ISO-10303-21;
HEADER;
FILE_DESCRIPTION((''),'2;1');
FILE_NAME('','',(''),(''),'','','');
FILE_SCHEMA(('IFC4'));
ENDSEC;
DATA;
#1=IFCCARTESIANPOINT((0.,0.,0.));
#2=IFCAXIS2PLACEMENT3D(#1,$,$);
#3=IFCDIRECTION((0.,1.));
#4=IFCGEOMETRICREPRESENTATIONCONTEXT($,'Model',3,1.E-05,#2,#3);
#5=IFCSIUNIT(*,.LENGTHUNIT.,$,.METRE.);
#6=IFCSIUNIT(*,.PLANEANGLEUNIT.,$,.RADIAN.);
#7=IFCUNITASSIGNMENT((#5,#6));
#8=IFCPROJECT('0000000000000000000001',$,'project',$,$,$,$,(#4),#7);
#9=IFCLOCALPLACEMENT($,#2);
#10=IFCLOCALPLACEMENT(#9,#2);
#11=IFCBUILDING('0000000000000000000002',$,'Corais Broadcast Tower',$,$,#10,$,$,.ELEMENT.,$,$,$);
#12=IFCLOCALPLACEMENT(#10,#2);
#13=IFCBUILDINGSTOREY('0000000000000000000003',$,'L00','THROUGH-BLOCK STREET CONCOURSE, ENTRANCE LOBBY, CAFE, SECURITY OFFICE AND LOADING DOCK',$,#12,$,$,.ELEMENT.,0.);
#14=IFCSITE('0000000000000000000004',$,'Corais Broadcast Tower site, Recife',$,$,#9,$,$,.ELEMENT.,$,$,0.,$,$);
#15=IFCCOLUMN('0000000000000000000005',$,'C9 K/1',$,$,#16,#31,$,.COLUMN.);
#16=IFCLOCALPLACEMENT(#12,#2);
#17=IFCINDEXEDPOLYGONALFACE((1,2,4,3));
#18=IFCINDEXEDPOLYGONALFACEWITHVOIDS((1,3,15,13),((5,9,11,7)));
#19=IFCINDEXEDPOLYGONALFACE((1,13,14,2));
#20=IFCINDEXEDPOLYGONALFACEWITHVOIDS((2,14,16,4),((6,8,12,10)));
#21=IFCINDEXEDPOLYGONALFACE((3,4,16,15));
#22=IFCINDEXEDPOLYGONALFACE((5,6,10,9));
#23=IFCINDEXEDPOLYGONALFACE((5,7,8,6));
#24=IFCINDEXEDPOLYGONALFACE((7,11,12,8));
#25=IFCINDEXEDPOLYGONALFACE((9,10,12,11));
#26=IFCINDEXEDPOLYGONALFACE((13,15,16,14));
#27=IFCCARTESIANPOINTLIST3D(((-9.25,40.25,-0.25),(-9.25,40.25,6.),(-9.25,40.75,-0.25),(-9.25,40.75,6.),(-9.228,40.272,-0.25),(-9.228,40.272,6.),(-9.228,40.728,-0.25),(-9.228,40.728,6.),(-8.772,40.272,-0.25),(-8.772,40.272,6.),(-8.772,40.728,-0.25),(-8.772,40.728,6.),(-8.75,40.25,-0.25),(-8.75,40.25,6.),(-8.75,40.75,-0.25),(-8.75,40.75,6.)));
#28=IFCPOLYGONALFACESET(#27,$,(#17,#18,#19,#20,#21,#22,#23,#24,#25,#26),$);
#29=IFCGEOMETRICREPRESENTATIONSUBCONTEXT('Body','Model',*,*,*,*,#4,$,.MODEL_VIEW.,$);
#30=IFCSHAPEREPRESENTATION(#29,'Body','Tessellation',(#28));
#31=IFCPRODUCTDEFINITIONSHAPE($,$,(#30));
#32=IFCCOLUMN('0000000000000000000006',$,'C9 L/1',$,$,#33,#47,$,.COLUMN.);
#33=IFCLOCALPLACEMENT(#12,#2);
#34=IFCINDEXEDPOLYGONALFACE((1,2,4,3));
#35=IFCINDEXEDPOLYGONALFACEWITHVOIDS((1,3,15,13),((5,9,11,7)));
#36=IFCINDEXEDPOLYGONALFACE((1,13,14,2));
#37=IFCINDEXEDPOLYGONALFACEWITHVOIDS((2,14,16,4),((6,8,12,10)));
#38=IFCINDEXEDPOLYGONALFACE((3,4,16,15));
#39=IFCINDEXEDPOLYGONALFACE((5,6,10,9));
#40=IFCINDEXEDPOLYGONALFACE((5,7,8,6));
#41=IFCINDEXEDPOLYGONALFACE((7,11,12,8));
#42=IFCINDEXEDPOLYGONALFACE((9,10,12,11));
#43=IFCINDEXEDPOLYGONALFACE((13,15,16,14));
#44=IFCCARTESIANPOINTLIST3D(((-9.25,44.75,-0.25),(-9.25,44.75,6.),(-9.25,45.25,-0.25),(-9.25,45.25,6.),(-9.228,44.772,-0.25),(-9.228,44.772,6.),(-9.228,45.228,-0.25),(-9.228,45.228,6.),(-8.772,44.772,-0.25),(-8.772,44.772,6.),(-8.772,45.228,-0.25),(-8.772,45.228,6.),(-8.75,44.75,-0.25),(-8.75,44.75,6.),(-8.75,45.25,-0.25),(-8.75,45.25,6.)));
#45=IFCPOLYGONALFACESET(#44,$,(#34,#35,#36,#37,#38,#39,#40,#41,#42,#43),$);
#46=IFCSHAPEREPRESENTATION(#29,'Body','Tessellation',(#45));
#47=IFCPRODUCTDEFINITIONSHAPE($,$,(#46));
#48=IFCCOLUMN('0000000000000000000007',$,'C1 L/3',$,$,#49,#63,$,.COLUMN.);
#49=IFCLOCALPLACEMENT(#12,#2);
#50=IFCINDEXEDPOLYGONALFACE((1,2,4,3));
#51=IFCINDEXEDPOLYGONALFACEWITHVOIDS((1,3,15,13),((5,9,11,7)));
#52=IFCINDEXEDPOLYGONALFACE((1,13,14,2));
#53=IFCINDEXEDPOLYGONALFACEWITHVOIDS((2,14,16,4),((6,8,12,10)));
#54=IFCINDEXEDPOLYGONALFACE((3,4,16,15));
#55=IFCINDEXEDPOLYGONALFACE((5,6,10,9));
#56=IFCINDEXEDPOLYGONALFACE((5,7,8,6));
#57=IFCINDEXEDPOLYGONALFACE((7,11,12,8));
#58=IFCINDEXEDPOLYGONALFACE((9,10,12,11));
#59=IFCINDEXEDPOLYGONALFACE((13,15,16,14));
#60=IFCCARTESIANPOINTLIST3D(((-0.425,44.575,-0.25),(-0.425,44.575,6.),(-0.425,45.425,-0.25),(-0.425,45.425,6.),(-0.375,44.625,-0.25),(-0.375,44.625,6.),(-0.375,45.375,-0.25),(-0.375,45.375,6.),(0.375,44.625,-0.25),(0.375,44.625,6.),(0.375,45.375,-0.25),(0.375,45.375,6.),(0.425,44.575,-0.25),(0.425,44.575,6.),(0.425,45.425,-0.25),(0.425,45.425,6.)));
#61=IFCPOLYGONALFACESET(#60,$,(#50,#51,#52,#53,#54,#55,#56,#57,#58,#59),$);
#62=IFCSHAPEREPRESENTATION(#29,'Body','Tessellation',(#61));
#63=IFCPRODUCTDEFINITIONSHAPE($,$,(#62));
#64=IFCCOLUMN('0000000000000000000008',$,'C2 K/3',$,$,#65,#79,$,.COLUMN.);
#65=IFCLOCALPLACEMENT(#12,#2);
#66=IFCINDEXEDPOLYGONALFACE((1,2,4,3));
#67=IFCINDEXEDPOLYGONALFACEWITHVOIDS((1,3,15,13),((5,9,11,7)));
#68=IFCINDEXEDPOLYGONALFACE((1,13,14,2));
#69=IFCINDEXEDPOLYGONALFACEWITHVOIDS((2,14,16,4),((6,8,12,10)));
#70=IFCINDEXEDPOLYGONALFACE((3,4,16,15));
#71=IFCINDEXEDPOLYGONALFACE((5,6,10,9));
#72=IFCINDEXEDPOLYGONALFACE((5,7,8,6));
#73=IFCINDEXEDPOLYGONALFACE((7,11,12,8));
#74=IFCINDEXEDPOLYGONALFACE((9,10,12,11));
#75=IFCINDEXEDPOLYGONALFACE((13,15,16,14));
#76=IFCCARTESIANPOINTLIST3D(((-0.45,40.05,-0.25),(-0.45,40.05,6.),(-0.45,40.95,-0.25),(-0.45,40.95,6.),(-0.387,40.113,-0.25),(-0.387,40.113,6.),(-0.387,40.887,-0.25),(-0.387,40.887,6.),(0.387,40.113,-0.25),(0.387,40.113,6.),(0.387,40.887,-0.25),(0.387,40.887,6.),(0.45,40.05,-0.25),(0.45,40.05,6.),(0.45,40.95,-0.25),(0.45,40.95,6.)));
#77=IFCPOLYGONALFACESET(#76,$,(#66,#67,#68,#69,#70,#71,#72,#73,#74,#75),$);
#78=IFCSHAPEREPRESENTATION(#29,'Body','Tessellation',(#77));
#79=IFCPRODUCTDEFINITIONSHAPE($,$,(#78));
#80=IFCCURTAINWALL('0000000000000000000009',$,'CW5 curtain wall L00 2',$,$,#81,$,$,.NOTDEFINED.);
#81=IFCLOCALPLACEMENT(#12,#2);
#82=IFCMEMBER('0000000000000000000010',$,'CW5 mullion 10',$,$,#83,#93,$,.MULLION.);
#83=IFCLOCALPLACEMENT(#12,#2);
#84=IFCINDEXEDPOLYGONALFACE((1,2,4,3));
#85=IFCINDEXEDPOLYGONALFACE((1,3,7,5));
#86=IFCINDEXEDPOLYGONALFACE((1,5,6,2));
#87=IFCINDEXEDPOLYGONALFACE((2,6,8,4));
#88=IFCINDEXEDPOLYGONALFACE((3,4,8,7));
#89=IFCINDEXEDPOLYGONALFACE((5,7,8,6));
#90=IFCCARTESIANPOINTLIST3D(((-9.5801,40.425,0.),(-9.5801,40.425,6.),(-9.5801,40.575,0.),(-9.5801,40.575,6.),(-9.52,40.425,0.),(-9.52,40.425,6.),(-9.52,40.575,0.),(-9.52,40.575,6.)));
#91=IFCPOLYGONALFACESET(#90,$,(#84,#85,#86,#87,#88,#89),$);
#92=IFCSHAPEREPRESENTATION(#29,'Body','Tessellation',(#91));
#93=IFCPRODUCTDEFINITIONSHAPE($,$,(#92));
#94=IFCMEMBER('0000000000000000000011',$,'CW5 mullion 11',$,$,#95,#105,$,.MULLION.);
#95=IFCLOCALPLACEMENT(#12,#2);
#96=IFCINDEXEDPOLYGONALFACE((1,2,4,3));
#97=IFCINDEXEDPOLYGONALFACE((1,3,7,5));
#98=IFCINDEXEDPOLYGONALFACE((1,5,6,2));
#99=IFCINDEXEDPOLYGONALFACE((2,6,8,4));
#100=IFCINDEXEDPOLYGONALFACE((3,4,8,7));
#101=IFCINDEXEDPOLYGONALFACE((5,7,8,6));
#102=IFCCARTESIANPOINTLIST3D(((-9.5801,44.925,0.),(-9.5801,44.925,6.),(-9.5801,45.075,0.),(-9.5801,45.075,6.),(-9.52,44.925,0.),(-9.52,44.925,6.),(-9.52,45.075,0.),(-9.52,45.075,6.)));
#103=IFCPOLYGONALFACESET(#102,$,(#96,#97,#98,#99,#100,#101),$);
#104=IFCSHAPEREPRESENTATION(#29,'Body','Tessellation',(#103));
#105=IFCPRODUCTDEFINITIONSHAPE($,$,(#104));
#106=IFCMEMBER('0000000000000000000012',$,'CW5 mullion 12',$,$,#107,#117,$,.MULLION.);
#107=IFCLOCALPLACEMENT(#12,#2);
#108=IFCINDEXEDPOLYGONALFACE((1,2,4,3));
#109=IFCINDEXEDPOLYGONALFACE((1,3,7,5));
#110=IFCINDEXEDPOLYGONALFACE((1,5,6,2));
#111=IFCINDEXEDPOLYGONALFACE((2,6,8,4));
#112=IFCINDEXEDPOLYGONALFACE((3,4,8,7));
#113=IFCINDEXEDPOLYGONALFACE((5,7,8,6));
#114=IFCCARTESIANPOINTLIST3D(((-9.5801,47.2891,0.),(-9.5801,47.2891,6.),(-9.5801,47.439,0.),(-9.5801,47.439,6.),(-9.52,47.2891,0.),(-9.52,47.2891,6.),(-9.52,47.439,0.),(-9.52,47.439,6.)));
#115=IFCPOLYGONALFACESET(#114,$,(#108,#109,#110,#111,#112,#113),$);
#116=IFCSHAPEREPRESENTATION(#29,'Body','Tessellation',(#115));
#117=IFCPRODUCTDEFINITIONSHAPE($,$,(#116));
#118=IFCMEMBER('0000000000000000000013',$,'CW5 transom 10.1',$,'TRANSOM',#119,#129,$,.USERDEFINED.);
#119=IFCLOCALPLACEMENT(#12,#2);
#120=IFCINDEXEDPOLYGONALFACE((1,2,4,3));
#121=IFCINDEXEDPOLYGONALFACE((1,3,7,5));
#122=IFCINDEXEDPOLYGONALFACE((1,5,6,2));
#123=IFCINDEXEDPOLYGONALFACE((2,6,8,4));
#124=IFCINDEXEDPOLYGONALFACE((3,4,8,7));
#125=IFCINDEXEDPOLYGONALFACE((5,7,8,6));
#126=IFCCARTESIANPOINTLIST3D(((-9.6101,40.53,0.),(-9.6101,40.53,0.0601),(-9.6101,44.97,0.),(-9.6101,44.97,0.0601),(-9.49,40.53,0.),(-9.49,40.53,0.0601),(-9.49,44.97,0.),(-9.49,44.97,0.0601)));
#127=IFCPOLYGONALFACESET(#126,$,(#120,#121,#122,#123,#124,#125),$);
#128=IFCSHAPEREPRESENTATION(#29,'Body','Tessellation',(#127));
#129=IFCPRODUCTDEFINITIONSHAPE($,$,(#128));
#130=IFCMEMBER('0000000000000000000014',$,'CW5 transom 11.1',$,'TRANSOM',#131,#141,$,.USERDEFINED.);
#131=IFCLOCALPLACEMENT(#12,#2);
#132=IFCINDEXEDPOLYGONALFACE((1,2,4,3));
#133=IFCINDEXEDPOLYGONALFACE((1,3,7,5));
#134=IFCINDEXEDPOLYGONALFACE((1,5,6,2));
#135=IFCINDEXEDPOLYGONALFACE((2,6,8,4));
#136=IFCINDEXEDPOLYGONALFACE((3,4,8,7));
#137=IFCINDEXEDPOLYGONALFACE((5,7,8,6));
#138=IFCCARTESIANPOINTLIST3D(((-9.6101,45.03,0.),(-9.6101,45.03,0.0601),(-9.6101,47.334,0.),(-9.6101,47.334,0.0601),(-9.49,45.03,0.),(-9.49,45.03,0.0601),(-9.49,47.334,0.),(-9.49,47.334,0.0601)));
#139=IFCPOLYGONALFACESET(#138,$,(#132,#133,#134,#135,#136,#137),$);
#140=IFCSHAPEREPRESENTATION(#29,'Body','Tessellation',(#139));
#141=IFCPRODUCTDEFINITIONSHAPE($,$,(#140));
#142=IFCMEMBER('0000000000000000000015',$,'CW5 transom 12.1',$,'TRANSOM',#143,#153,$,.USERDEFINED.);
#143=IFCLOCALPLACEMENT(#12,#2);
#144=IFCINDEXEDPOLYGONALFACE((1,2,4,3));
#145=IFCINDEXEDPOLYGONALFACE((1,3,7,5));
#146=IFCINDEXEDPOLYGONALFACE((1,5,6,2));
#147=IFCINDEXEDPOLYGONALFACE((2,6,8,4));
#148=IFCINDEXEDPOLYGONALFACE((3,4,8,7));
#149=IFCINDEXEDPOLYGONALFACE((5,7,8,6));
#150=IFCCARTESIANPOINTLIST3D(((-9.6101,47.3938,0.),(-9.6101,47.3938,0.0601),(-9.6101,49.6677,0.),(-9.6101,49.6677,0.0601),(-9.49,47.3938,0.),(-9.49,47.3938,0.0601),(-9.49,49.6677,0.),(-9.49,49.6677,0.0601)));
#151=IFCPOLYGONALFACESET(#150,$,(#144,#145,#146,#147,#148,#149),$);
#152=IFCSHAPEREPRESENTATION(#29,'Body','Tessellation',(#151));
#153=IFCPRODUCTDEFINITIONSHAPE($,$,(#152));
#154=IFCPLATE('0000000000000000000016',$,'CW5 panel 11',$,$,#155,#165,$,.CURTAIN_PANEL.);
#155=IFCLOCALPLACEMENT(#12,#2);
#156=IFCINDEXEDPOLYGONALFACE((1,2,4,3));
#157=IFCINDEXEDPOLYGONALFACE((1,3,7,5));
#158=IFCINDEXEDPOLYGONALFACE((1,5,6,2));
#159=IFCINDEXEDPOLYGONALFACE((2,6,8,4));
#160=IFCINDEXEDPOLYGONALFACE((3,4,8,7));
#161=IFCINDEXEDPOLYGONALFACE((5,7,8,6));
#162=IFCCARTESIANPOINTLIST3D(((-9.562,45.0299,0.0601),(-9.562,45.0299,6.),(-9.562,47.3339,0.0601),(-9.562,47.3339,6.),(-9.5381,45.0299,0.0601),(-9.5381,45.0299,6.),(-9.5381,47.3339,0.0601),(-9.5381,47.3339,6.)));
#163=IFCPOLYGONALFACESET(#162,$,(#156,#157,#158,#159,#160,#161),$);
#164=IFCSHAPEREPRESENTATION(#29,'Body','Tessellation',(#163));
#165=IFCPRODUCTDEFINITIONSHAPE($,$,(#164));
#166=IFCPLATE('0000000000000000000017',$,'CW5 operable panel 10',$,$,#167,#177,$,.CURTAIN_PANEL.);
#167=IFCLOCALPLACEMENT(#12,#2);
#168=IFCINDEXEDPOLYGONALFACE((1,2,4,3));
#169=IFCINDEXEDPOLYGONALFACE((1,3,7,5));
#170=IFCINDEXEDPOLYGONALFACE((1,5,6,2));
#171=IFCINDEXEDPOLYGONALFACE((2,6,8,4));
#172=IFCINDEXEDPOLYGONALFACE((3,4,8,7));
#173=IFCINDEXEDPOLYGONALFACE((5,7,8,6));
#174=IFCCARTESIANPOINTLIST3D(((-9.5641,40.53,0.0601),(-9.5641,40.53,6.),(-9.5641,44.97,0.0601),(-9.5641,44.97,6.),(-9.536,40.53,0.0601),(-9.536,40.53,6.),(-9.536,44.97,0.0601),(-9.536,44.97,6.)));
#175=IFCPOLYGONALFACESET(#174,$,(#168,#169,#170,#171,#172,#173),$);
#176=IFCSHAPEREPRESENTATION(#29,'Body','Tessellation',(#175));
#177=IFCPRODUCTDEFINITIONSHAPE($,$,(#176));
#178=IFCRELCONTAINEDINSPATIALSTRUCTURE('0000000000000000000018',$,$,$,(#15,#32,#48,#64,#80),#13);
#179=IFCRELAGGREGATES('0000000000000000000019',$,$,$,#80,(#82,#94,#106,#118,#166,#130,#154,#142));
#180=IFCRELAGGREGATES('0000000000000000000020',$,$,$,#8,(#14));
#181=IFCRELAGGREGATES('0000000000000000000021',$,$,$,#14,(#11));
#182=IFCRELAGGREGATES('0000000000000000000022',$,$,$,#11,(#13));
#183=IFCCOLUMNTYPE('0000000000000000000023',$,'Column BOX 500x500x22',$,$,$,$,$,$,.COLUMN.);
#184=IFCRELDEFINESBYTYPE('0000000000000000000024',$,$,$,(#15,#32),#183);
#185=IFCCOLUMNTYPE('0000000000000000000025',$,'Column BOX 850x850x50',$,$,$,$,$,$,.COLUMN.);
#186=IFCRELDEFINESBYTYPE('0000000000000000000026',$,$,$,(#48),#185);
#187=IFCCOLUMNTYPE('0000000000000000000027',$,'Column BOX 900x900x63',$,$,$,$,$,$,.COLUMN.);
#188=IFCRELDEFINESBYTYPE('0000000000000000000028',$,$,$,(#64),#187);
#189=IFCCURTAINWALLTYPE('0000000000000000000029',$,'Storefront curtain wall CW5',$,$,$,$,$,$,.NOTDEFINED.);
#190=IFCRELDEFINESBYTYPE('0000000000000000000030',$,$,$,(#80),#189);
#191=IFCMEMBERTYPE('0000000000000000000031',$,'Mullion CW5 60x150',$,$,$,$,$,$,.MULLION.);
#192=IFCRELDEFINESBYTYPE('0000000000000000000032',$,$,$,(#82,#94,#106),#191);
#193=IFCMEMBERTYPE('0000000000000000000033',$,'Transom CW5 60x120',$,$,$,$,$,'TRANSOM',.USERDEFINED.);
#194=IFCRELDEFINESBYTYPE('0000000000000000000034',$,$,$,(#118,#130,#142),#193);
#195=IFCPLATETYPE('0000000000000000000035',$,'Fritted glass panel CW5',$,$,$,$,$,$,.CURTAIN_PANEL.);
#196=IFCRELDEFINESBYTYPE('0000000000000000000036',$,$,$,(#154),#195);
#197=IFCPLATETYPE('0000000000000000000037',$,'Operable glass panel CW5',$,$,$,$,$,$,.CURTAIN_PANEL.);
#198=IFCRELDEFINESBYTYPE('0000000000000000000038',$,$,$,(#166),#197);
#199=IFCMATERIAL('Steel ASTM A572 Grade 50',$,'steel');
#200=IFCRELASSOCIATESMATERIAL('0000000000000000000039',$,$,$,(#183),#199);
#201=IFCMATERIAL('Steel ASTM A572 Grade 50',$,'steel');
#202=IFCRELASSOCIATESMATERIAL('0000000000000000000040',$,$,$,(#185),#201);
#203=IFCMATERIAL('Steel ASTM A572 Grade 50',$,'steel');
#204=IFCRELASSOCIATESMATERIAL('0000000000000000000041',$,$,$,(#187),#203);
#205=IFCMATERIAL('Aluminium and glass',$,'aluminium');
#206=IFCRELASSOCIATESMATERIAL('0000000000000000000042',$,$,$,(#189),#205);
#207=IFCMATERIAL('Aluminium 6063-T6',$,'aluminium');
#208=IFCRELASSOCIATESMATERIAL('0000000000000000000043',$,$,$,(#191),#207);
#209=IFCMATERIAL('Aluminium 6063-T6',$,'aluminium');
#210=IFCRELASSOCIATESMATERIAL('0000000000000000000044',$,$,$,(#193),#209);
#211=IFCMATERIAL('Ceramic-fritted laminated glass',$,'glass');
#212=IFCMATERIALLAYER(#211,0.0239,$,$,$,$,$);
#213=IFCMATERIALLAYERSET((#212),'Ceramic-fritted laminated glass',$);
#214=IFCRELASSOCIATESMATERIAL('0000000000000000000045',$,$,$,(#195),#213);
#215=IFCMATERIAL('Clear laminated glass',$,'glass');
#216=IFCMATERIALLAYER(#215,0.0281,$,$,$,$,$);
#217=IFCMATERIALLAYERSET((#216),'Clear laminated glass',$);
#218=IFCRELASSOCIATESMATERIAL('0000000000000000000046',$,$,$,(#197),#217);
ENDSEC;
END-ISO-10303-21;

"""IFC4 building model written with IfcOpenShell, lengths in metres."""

from ifc_helpers import new_model, si_unit, direction, frame, origin, origin_2d, place, context, subcontext, project, spatial, rectangle, hollow_rectangle, extrude, material, layer, layer_set, material_profile, profile_set, type_object, element, aggregate, save


model = new_model("IFC4")

# Units and contexts
model_context = context("Model", 3, precision=1e-05, world=origin(), true_north=direction((0.0, 1.0)))
body_context = subcontext(model_context, "Body", "Model", "MODEL_VIEW")
ifc_project = project(units=[si_unit("LENGTHUNIT", "METRE"), si_unit("PLANEANGLEUNIT", "RADIAN")], contexts=[model_context])

# Site, building, storey
site_placement = place(None, origin())
site = spatial("IfcSite", under=ifc_project, at=site_placement, Name="Corais Broadcast Tower site, Recife", CompositionType="ELEMENT", RefElevation=0.0)
building_placement = place(site_placement, origin())
building = spatial("IfcBuilding", under=site, at=building_placement, Name="Corais Broadcast Tower", CompositionType="ELEMENT")
storey_placement = place(building_placement, origin())
storey = spatial("IfcBuildingStorey", under=building, at=storey_placement, Name="L00", Description="THROUGH-BLOCK STREET CONCOURSE, ENTRANCE LOBBY, CAFE, SECURITY OFFICE AND LOADING DOCK", CompositionType="ELEMENT", Elevation=0.0)

# Columns
ifc_material_1 = material(Name="Steel ASTM A572 Grade 50", Category="steel")
ifc_material_profile_1 = material_profile(ifc_material_1, hollow_rectangle(XDim=0.5, YDim=0.5, WallThickness=0.022, at=origin_2d()), Name="BOX 500x500x22")
ifc_profile_set_1 = profile_set([ifc_material_profile_1], Name="Steel ASTM A572 Grade 50")
column_type_1 = type_object("IfcColumnType", Name="Column BOX 500x500x22", PredefinedType="COLUMN", material=ifc_profile_set_1)
for number, where, z_axis, x_axis, name in (
    (1, (-9.0, 40.5, -0.25), (0.0, 0.0, 1.0), (1.0, 0.0, 0.0), "C9 K/1"),
    (2, (-9.0, 45.0, -0.25), (0.0, 0.0, 1.0), (1.0, 0.0, 0.0), "C9 L/1"),
):
    element("IfcColumn", number, at=place(storey_placement, frame(where, z_axis=z_axis, x_axis=x_axis)), inside=storey, type_object=column_type_1, Name=name, PredefinedType="COLUMN", context=body_context, shape_type="SweptSolid", body=[
        extrude(hollow_rectangle(XDim=0.5, YDim=0.5, WallThickness=0.022, at=origin_2d()), origin(), (0.0, 0.0, 1.0), 6.25),
    ])
ifc_material_2 = material(Name="Steel ASTM A572 Grade 50", Category="steel")
ifc_material_profile_2 = material_profile(ifc_material_2, hollow_rectangle(XDim=0.8501, YDim=0.8501, WallThickness=0.05, at=origin_2d()), Name="BOX 850x850x50")
ifc_profile_set_2 = profile_set([ifc_material_profile_2], Name="Steel ASTM A572 Grade 50")
column_type_2 = type_object("IfcColumnType", Name="Column BOX 850x850x50", PredefinedType="COLUMN", material=ifc_profile_set_2)
column_1_placement = place(storey_placement, frame((0.0, 45.0, -0.25), z_axis=(0.0, 0.0, 1.0), x_axis=(1.0, 0.0, 0.0)))
element("IfcColumn", 3, at=column_1_placement, inside=storey, type_object=column_type_2, Name="C1 L/3", PredefinedType="COLUMN", context=body_context, shape_type="SweptSolid", body=[
    extrude(hollow_rectangle(XDim=0.8501, YDim=0.8501, WallThickness=0.05, at=origin_2d()), origin(), (0.0, 0.0, 1.0), 6.25),
])
ifc_material_3 = material(Name="Steel ASTM A572 Grade 50", Category="steel")
ifc_material_profile_3 = material_profile(ifc_material_3, hollow_rectangle(XDim=0.8999, YDim=0.8999, WallThickness=0.063, at=origin_2d()), Name="BOX 900x900x63")
ifc_profile_set_3 = profile_set([ifc_material_profile_3], Name="Steel ASTM A572 Grade 50")
column_type_3 = type_object("IfcColumnType", Name="Column BOX 900x900x63", PredefinedType="COLUMN", material=ifc_profile_set_3)
column_2_placement = place(storey_placement, frame((0.0, 40.5, -0.25), z_axis=(0.0, 0.0, 1.0), x_axis=(1.0, 0.0, 0.0)))
element("IfcColumn", 4, at=column_2_placement, inside=storey, type_object=column_type_3, Name="C2 K/3", PredefinedType="COLUMN", context=body_context, shape_type="SweptSolid", body=[
    extrude(hollow_rectangle(XDim=0.8999, YDim=0.8999, WallThickness=0.063, at=origin_2d()), origin(), (0.0, 0.0, 1.0), 6.25),
])

# Curtain wall, members, plates
ifc_material_4 = material(Name="Aluminium and glass", Category="aluminium")
curtain_wall_type = type_object("IfcCurtainWallType", Name="Storefront curtain wall CW5", PredefinedType="NOTDEFINED", material=ifc_material_4)
curtain_wall_placement = place(storey_placement, origin())
curtain_wall = element("IfcCurtainWall", 5, at=curtain_wall_placement, inside=storey, type_object=curtain_wall_type, Name="CW5 curtain wall L00 2", PredefinedType="NOTDEFINED")
ifc_material_5 = material(Name="Aluminium 6063-T6", Category="aluminium")
ifc_material_profile_4 = material_profile(ifc_material_5, rectangle(XDim=0.0601, YDim=0.1499, at=origin_2d()), Name="Mullion CW5 60x150")
ifc_profile_set_4 = profile_set([ifc_material_profile_4], Name="Aluminium 6063-T6")
member_type_1 = type_object("IfcMemberType", Name="Mullion CW5 60x150", PredefinedType="MULLION", material=ifc_profile_set_4)
member_1_placement = place(storey_placement, frame((-9.55, 40.5, 0.0), z_axis=(0.0, 0.0, 1.0), x_axis=(-1.0, 0.0, 0.0)))
member_1 = element("IfcMember", 6, at=member_1_placement, type_object=member_type_1, Name="CW5 mullion 10", PredefinedType="MULLION", context=body_context, shape_type="SweptSolid", body=[
    extrude(rectangle(XDim=0.0601, YDim=0.1499, at=origin_2d()), origin(), (0.0, 0.0, 1.0), 6.0),
])
member_2_placement = place(storey_placement, frame((-9.55, 45.0, 0.0), z_axis=(0.0, 0.0, 1.0), x_axis=(-1.0, 0.0, 0.0)))
member_2 = element("IfcMember", 7, at=member_2_placement, type_object=member_type_1, Name="CW5 mullion 11", PredefinedType="MULLION", context=body_context, shape_type="SweptSolid", body=[
    extrude(rectangle(XDim=0.0601, YDim=0.1499, at=origin_2d()), origin(), (0.0, 0.0, 1.0), 6.0),
])
member_3_placement = place(storey_placement, frame((-9.55, 47.364, 0.0), z_axis=(0.0, 0.0, 1.0), x_axis=(-1.0, 0.0, 0.0)))
member_3 = element("IfcMember", 8, at=member_3_placement, type_object=member_type_1, Name="CW5 mullion 12", PredefinedType="MULLION", context=body_context, shape_type="SweptSolid", body=[
    extrude(rectangle(XDim=0.0601, YDim=0.1499, at=origin_2d()), origin(), (0.0, 0.0, 1.0), 6.0),
])
ifc_material_6 = material(Name="Aluminium 6063-T6", Category="aluminium")
ifc_material_profile_5 = material_profile(ifc_material_6, rectangle(XDim=0.1201, YDim=0.0601, at=origin_2d()), Name="Transom CW5 60x120")
ifc_profile_set_5 = profile_set([ifc_material_profile_5], Name="Aluminium 6063-T6")
member_type_2 = type_object("IfcMemberType", Name="Transom CW5 60x120", ElementType="TRANSOM", PredefinedType="USERDEFINED", material=ifc_profile_set_5)
member_4_placement = place(storey_placement, frame((-9.55, 40.53, 0.03), z_axis=(0.0, 1.0, 0.0), x_axis=(-1.0, 0.0, 0.0)))
member_4 = element("IfcMember", 9, at=member_4_placement, type_object=member_type_2, Name="CW5 transom 10.1", ObjectType="TRANSOM", PredefinedType="USERDEFINED", context=body_context, shape_type="SweptSolid", body=[
    extrude(rectangle(XDim=0.1201, YDim=0.0601, at=origin_2d()), origin(), (0.0, 0.0, 1.0), 4.4399),
])
member_5_placement = place(storey_placement, frame((-9.55, 45.03, 0.03), z_axis=(0.0, 1.0, 0.0), x_axis=(-1.0, 0.0, 0.0)))
member_5 = element("IfcMember", 10, at=member_5_placement, type_object=member_type_2, Name="CW5 transom 11.1", ObjectType="TRANSOM", PredefinedType="USERDEFINED", context=body_context, shape_type="SweptSolid", body=[
    extrude(rectangle(XDim=0.1201, YDim=0.0601, at=origin_2d()), origin(), (0.0, 0.0, 1.0), 2.304),
])
member_6_placement = place(storey_placement, frame((-9.55, 47.3938, 0.03), z_axis=(0.0, 1.0, 0.0), x_axis=(-1.0, 0.0, 0.0)))
member_6 = element("IfcMember", 11, at=member_6_placement, type_object=member_type_2, Name="CW5 transom 12.1", ObjectType="TRANSOM", PredefinedType="USERDEFINED", context=body_context, shape_type="SweptSolid", body=[
    extrude(rectangle(XDim=0.1201, YDim=0.0601, at=origin_2d()), origin(), (0.0, 0.0, 1.0), 2.2739),
])
ifc_material_7 = material(Name="Ceramic-fritted laminated glass", Category="glass")
ifc_layer_1 = layer(ifc_material_7, 0.0239)
ifc_layer_set_1 = layer_set([ifc_layer_1], Name="Ceramic-fritted laminated glass")
plate_type_1 = type_object("IfcPlateType", Name="Fritted glass panel CW5", PredefinedType="CURTAIN_PANEL", material=ifc_layer_set_1)
plate_1_placement = place(storey_placement, frame((-9.55, 46.1819, 0.0601), z_axis=(0.0, 0.0, 1.0), x_axis=(0.0, 1.0, 0.0)))
plate_1 = element("IfcPlate", 12, at=plate_1_placement, type_object=plate_type_1, Name="CW5 panel 11", PredefinedType="CURTAIN_PANEL", context=body_context, shape_type="SweptSolid", body=[
    extrude(rectangle(XDim=2.304, YDim=0.0239, at=origin_2d()), origin(), (0.0, 0.0, 1.0), 5.9399),
])
ifc_material_8 = material(Name="Clear laminated glass", Category="glass")
ifc_layer_2 = layer(ifc_material_8, 0.0281)
ifc_layer_set_2 = layer_set([ifc_layer_2], Name="Clear laminated glass")
plate_type_2 = type_object("IfcPlateType", Name="Operable glass panel CW5", PredefinedType="CURTAIN_PANEL", material=ifc_layer_set_2)
plate_2_placement = place(storey_placement, frame((-9.55, 42.75, 0.0601), z_axis=(0.0, 0.0, 1.0), x_axis=(0.0, 1.0, 0.0)))
plate_2 = element("IfcPlate", 13, at=plate_2_placement, type_object=plate_type_2, Name="CW5 operable panel 10", PredefinedType="CURTAIN_PANEL", context=body_context, shape_type="SweptSolid", body=[
    extrude(rectangle(XDim=4.4399, YDim=0.0281, at=origin_2d()), origin(), (0.0, 0.0, 1.0), 5.9399),
])
aggregate(curtain_wall, [member_1, member_2, member_3, member_4, plate_2, member_5, plate_1, member_6])

save(model, "model.ifc")
